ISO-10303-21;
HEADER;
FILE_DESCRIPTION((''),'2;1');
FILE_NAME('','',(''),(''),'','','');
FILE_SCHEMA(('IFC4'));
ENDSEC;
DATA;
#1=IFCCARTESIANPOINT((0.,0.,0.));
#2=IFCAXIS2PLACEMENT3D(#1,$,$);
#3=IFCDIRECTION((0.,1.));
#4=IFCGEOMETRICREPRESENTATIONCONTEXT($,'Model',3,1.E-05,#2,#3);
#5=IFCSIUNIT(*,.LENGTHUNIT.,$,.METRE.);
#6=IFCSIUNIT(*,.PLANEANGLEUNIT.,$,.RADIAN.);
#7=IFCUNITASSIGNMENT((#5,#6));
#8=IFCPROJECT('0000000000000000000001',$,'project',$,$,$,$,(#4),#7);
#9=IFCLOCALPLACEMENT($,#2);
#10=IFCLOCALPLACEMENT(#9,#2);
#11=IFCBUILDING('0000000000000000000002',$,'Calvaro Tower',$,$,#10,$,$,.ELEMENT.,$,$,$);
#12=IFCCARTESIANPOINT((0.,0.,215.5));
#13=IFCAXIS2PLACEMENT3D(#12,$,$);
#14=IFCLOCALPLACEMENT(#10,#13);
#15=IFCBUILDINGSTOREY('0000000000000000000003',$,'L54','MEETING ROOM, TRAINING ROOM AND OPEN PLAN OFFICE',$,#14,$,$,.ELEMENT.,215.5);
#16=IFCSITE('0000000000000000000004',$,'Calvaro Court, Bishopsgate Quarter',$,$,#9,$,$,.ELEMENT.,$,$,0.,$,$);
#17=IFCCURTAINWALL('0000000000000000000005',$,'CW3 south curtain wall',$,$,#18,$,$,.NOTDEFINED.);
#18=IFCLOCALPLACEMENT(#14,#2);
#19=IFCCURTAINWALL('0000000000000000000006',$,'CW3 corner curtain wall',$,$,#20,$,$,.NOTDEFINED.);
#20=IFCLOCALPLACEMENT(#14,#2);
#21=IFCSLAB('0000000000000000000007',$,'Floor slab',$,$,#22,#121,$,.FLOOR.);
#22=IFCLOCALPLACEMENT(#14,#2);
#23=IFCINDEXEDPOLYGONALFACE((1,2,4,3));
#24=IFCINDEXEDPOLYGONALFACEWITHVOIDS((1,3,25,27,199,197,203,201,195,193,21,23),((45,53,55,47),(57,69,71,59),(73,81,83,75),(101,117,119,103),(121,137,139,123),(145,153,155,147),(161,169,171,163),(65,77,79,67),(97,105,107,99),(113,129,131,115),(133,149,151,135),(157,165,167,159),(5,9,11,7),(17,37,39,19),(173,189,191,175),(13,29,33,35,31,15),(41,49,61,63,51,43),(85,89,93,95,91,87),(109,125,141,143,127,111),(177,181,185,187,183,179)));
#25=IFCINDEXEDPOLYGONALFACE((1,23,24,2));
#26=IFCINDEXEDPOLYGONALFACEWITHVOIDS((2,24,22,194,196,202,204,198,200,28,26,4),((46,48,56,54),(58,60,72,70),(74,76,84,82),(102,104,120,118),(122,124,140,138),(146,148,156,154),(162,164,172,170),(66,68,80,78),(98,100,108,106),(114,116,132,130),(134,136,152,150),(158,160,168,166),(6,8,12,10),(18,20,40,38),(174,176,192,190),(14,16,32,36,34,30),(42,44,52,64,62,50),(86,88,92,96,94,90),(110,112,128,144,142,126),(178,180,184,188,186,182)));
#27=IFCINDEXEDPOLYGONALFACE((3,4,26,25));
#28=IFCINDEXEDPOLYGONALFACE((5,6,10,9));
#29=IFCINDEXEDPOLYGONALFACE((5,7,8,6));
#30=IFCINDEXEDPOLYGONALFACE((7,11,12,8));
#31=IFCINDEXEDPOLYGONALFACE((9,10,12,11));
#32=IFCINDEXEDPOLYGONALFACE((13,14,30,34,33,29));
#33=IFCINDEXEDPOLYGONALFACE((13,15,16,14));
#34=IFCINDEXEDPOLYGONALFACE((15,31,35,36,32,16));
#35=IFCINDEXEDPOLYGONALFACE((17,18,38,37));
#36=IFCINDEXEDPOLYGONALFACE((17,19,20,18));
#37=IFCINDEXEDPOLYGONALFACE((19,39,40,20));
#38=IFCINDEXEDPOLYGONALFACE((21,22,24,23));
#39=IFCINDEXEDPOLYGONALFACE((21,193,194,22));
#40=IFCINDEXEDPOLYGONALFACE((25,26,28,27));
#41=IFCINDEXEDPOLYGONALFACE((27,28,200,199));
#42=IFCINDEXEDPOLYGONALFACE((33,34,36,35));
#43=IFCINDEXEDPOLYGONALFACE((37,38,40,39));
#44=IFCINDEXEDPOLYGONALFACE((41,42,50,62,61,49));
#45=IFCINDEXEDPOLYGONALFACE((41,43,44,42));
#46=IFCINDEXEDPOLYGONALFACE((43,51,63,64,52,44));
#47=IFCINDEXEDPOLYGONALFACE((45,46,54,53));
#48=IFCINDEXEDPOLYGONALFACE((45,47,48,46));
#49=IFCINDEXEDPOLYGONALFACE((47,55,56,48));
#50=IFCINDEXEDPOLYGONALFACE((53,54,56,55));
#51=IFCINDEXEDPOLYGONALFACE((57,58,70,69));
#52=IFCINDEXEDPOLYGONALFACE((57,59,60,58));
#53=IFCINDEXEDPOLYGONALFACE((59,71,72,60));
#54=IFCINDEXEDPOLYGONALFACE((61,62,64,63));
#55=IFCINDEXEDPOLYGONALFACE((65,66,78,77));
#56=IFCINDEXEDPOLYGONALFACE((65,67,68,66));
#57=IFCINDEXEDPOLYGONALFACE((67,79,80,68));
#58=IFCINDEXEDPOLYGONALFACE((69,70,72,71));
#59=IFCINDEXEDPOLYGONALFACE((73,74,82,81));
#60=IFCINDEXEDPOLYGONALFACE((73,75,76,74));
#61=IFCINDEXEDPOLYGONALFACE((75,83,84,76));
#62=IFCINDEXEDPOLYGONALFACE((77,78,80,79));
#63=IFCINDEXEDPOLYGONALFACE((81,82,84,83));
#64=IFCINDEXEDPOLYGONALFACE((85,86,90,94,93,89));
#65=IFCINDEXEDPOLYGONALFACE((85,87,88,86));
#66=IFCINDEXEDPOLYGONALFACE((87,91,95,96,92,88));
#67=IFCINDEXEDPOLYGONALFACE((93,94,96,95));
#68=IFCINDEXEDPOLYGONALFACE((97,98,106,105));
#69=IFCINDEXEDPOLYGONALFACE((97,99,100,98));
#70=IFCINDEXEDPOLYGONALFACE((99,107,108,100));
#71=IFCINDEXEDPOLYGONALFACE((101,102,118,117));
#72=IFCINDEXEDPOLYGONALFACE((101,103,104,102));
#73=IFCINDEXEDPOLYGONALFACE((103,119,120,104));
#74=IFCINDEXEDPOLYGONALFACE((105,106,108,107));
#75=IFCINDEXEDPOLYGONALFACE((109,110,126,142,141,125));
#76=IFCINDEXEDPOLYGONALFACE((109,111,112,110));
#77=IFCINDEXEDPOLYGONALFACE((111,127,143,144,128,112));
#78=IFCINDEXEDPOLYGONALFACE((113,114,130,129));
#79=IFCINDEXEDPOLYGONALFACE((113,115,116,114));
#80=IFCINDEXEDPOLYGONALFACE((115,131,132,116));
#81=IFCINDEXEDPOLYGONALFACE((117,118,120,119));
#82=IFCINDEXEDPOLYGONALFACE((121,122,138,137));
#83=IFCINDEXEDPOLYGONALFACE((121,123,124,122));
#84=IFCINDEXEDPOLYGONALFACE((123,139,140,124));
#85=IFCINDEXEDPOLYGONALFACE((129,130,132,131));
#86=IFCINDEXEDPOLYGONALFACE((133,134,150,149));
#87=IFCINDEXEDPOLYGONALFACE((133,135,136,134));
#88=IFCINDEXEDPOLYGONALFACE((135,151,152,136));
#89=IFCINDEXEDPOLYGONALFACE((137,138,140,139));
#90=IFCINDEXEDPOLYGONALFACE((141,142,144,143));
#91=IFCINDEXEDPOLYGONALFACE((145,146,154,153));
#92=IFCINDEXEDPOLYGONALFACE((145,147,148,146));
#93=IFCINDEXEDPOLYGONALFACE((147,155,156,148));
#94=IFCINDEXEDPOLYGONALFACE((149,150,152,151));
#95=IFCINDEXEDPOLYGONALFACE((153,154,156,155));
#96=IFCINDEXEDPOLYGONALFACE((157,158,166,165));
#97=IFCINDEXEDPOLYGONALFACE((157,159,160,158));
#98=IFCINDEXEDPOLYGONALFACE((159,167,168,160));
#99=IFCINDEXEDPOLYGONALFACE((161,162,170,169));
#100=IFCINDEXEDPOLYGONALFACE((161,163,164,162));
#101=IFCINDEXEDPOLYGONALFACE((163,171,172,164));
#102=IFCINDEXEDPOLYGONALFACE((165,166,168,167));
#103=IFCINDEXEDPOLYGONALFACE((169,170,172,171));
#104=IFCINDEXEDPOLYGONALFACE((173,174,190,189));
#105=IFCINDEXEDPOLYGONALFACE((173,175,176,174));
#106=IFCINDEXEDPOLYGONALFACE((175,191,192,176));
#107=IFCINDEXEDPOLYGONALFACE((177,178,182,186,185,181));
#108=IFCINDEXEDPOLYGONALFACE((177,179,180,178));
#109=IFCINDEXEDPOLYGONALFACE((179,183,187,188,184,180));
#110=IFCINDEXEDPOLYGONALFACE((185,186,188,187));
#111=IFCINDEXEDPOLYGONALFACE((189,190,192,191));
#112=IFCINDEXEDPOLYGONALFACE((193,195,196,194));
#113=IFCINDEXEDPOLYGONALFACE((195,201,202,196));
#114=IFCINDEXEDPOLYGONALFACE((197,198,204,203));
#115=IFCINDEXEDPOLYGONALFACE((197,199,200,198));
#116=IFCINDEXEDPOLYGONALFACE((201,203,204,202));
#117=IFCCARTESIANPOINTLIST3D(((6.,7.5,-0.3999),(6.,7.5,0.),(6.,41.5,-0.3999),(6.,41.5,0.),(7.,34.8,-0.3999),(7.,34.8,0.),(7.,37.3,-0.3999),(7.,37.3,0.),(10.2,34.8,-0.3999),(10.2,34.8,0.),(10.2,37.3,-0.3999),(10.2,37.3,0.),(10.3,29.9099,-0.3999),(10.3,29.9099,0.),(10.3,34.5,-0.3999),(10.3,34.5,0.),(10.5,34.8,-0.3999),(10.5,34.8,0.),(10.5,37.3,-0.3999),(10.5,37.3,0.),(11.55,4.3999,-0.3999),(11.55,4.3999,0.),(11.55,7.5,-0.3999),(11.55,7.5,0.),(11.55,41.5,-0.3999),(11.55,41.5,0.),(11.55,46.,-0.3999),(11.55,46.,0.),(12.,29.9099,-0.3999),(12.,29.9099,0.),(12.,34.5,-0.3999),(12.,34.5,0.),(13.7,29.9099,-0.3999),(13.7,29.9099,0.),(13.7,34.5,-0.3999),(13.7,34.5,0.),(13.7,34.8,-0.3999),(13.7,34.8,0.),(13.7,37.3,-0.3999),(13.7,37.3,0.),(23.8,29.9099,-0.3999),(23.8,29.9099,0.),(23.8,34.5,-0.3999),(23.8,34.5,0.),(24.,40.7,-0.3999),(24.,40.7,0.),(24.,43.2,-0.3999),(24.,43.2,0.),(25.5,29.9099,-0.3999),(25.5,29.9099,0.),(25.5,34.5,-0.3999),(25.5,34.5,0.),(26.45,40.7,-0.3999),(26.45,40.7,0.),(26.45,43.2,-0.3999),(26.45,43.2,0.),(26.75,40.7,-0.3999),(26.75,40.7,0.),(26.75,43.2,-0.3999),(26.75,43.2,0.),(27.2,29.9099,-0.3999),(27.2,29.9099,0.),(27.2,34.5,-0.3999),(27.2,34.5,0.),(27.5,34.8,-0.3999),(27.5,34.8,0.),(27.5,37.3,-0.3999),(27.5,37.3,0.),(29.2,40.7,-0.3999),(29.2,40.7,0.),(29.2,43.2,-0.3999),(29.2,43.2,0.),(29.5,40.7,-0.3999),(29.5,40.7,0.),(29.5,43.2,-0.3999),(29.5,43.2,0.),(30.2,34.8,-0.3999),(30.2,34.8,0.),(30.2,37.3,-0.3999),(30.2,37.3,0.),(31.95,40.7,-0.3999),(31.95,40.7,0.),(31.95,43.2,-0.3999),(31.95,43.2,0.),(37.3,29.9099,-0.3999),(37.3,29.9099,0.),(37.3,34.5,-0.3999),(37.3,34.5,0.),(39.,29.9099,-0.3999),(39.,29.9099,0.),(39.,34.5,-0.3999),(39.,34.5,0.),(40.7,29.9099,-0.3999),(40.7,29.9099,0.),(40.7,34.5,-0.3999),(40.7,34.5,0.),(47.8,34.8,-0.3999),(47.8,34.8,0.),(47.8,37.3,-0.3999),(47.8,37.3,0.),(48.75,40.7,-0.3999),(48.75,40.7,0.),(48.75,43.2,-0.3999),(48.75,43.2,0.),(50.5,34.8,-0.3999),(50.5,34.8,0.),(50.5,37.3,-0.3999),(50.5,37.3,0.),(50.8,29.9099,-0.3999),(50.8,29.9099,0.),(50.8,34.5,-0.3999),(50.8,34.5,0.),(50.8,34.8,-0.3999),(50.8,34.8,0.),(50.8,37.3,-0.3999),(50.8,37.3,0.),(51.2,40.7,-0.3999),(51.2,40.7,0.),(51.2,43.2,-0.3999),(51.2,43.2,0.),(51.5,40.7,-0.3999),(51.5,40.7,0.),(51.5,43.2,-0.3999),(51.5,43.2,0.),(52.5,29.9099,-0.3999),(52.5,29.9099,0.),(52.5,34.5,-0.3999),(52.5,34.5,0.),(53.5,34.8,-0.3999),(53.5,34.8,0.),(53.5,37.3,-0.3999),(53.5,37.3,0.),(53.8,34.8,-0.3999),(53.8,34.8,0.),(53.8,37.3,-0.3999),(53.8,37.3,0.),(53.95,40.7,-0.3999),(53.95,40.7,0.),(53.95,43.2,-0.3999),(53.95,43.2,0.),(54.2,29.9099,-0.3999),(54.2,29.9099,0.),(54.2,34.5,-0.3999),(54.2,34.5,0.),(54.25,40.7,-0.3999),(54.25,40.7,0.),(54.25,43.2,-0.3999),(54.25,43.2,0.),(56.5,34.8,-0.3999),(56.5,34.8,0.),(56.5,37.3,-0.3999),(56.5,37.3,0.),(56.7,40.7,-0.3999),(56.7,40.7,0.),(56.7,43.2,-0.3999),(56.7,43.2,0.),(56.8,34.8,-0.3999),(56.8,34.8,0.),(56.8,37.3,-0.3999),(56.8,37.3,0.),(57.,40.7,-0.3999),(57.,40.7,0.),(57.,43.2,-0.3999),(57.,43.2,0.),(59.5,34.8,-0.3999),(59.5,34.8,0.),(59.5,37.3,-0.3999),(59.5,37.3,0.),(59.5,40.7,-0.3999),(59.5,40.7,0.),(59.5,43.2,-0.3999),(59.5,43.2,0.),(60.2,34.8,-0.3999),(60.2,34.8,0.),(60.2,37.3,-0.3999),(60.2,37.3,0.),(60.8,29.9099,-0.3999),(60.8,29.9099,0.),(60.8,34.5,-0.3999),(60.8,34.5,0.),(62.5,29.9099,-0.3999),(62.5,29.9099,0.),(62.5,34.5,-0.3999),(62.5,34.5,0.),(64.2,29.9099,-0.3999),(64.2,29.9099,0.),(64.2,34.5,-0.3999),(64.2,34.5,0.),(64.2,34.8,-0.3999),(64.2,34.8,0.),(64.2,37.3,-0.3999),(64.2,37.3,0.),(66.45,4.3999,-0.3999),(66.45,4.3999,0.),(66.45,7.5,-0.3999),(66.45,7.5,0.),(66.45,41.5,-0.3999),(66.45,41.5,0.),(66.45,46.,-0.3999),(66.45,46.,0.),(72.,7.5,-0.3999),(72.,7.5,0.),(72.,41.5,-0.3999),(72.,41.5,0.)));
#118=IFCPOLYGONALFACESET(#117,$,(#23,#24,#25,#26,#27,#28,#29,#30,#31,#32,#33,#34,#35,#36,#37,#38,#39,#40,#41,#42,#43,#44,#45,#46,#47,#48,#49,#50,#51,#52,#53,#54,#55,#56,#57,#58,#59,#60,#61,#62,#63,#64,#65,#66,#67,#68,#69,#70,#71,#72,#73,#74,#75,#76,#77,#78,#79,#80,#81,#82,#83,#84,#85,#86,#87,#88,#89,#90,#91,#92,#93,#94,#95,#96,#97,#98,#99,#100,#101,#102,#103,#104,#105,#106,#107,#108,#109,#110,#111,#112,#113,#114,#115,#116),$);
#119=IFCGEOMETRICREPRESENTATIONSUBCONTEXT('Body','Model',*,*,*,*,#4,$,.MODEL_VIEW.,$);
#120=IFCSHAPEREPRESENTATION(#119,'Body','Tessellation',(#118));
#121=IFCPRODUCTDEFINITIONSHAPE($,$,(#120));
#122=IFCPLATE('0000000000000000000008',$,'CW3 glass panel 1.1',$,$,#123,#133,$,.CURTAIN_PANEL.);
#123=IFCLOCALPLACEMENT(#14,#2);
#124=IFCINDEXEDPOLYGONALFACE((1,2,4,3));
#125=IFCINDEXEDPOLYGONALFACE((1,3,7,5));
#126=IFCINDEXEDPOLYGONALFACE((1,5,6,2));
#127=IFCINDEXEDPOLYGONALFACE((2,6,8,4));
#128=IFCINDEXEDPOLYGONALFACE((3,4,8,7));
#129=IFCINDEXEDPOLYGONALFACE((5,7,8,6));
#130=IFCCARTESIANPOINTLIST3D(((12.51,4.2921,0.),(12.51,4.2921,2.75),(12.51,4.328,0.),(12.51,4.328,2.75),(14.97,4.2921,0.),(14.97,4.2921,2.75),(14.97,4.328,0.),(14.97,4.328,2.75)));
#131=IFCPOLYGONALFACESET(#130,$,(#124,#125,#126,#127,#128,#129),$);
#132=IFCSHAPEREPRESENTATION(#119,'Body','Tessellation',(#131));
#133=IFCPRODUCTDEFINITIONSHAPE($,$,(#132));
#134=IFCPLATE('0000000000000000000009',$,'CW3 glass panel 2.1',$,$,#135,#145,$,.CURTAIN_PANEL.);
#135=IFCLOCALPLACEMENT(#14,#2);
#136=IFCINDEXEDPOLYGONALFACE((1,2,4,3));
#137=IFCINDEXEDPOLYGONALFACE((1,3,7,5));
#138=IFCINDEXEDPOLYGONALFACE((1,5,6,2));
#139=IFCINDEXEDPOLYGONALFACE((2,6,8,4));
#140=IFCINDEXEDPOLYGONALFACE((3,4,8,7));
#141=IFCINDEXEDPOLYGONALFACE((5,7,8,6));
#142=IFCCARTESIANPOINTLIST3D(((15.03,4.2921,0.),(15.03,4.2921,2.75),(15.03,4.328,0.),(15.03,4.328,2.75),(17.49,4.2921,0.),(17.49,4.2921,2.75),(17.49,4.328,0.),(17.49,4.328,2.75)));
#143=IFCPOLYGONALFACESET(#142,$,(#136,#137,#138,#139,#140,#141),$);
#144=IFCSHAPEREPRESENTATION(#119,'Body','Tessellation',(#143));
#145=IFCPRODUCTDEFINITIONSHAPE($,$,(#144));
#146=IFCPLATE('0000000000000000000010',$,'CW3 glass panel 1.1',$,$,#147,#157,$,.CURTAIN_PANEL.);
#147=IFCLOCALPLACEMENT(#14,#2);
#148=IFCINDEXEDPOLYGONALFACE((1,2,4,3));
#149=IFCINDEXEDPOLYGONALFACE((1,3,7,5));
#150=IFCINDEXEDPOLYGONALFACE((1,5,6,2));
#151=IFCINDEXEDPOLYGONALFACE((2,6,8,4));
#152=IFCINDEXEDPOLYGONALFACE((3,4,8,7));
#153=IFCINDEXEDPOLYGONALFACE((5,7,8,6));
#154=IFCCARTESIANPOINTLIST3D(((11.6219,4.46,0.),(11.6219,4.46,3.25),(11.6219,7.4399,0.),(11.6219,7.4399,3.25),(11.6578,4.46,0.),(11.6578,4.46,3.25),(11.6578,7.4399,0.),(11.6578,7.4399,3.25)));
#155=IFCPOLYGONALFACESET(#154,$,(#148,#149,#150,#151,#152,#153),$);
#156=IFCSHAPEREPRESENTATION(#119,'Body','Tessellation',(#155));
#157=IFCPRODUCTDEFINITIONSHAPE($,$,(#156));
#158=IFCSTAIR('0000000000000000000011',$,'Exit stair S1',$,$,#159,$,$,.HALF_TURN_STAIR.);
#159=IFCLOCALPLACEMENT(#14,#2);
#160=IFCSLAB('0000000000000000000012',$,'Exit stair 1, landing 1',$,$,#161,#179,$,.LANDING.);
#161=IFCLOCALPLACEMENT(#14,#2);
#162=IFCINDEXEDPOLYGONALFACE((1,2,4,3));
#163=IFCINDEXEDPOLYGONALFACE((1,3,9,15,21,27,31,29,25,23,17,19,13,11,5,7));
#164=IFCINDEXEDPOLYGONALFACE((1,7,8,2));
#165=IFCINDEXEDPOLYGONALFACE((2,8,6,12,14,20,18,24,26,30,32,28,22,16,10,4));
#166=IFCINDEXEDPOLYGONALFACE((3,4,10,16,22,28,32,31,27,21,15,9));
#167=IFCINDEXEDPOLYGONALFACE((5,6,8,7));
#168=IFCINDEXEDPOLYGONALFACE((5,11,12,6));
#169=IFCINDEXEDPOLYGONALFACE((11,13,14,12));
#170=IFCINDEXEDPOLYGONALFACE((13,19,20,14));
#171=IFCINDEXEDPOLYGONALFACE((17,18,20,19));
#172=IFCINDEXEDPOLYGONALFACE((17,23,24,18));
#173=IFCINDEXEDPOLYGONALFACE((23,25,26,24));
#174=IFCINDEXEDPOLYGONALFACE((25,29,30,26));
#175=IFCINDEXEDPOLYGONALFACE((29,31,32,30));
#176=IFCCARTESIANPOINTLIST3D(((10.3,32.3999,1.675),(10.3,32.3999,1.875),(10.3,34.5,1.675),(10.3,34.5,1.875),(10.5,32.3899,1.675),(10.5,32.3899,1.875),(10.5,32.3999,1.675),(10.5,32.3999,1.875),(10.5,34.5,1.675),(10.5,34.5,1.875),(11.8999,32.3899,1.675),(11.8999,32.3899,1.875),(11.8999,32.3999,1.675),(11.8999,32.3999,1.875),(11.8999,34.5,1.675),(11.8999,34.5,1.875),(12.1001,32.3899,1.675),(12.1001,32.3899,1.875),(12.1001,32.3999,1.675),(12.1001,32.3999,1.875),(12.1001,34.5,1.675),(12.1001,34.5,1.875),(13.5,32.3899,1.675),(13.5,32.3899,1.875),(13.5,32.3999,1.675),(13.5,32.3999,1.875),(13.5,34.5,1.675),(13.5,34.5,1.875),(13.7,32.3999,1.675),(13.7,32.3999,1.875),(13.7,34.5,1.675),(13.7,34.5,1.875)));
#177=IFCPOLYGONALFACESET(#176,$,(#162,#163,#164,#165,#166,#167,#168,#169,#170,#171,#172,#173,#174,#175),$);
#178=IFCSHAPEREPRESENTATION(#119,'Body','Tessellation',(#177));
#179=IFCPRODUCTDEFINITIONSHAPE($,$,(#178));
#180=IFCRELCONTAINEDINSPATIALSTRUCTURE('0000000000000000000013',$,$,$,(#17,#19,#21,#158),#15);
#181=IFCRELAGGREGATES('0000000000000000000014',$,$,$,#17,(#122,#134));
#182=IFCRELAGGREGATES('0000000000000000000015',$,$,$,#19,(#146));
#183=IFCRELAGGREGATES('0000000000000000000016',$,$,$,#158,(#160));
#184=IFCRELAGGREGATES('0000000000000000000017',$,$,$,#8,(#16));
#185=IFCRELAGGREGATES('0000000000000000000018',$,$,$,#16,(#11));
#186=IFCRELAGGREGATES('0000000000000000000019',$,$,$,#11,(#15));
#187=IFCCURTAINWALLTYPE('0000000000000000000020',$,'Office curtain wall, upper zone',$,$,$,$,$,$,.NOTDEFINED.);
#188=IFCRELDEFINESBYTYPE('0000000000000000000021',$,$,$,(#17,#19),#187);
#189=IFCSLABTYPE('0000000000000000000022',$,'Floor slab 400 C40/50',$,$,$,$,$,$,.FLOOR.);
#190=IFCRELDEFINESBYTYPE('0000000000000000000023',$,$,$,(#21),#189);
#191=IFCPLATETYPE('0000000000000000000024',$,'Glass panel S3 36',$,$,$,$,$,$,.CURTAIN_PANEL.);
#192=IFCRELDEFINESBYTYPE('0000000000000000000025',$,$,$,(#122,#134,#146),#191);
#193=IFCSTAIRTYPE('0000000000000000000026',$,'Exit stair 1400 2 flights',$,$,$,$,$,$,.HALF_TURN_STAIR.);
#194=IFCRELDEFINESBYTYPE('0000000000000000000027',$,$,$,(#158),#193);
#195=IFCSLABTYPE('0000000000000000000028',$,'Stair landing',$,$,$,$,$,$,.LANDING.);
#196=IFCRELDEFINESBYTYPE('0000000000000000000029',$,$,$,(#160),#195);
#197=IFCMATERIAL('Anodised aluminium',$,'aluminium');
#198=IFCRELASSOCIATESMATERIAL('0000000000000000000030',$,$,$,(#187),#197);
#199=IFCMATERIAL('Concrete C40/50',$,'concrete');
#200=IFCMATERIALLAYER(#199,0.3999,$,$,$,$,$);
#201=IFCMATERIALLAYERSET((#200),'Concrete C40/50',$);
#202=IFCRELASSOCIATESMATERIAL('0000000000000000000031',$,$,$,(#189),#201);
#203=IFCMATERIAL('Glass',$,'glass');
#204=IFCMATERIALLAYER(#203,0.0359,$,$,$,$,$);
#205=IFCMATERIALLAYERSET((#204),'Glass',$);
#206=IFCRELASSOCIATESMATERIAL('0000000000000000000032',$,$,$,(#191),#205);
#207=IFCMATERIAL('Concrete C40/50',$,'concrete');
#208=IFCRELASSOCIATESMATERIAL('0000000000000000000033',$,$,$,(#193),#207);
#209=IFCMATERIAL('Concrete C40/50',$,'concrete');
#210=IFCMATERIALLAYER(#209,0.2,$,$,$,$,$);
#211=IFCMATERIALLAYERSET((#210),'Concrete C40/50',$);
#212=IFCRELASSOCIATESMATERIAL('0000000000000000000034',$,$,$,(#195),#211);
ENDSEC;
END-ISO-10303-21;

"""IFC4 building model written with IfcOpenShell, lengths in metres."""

from ifc_helpers import new_model, si_unit, direction, frame, origin, origin_2d, place, context, subcontext, project, spatial, polyline, rectangle, outline, extrude, material, layer, layer_set, type_object, element, aggregate, save


model = new_model("IFC4")

# Units and contexts
model_context = context("Model", 3, precision=1e-05, world=origin(), true_north=direction((0.0, 1.0)))
body_context = subcontext(model_context, "Body", "Model", "MODEL_VIEW")
ifc_project = project(units=[si_unit("LENGTHUNIT", "METRE"), si_unit("PLANEANGLEUNIT", "RADIAN")], contexts=[model_context])

# Site, building, storey
site_placement = place(None, origin())
site = spatial("IfcSite", under=ifc_project, at=site_placement, Name="Calvaro Court, Bishopsgate Quarter", CompositionType="ELEMENT", RefElevation=0.0)
building_placement = place(site_placement, origin())
building = spatial("IfcBuilding", under=site, at=building_placement, Name="Calvaro Tower", CompositionType="ELEMENT")
storey_placement = place(building_placement, frame((0.0, 0.0, 215.5)))
storey = spatial("IfcBuildingStorey", under=building, at=storey_placement, Name="L54", Description="MEETING ROOM, TRAINING ROOM AND OPEN PLAN OFFICE", CompositionType="ELEMENT", Elevation=215.5)

# Curtain wall
ifc_material_1 = material(Name="Anodised aluminium", Category="aluminium")
curtain_wall_type = type_object("IfcCurtainWallType", Name="Office curtain wall, upper zone", PredefinedType="NOTDEFINED", material=ifc_material_1)
curtain_wall_1_placement = place(storey_placement, origin())
curtain_wall_1 = element("IfcCurtainWall", 1, at=curtain_wall_1_placement, inside=storey, type_object=curtain_wall_type, Name="CW3 south curtain wall", PredefinedType="NOTDEFINED")

# Curtain wall
curtain_wall_2_placement = place(storey_placement, origin())
curtain_wall_2 = element("IfcCurtainWall", 2, at=curtain_wall_2_placement, inside=storey, type_object=curtain_wall_type, Name="CW3 corner curtain wall", PredefinedType="NOTDEFINED")

# Slab
ifc_material_2 = material(Name="Concrete C40/50", Category="concrete")
ifc_layer_1 = layer(ifc_material_2, 0.3999)
ifc_layer_set_1 = layer_set([ifc_layer_1], Name="Concrete C40/50")
slab_type_1 = type_object("IfcSlabType", Name="Floor slab 400 C40/50", PredefinedType="FLOOR", material=ifc_layer_set_1)
slab_1_placement = place(storey_placement, frame((0.0, 0.0, -0.3999)))
element("IfcSlab", 3, at=slab_1_placement, inside=storey, type_object=slab_type_1, Name="Floor slab", PredefinedType="FLOOR", context=body_context, shape_type="SweptSolid", body=[
    extrude(outline(polyline([(66.45, 7.5), (66.45, 4.3999), (11.55, 4.3999), (11.55, 7.5), (6.0, 7.5), (6.0, 41.5), (11.55, 41.5), (11.55, 46.0), (66.45, 46.0), (66.45, 41.5), (72.0, 41.5), (72.0, 7.5), (66.45, 7.5)]), holes=[polyline([(10.3, 29.9099), (10.3, 34.5), (12.0, 34.5), (13.7, 34.5), (13.7, 29.9099), (12.0, 29.9099), (10.3, 29.9099)]), polyline([(23.8, 29.9099), (23.8, 34.5), (25.5, 34.5), (27.2, 34.5), (27.2, 29.9099), (25.5, 29.9099), (23.8, 29.9099)]), polyline([(37.3, 29.9099), (37.3, 34.5), (39.0, 34.5), (40.7, 34.5), (40.7, 29.9099), (39.0, 29.9099), (37.3, 29.9099)]), polyline([(50.8, 29.9099), (50.8, 34.5), (52.5, 34.5), (54.2, 34.5), (54.2, 29.9099), (52.5, 29.9099), (50.8, 29.9099)]), polyline([(60.8, 29.9099), (60.8, 34.5), (62.5, 34.5), (64.2, 34.5), (64.2, 29.9099), (62.5, 29.9099), (60.8, 29.9099)]), polyline([(50.8, 34.8), (53.5, 34.8), (53.5, 37.3), (50.8, 37.3), (50.8, 34.8)]), polyline([(53.8, 34.8), (56.5, 34.8), (56.5, 37.3), (53.8, 37.3), (53.8, 34.8)]), polyline([(56.8, 34.8), (59.5, 34.8), (59.5, 37.3), (56.8, 37.3), (56.8, 34.8)]), polyline([(24.0, 40.7), (26.45, 40.7), (26.45, 43.2), (24.0, 43.2), (24.0, 40.7)]), polyline([(26.75, 40.7), (29.2, 40.7), (29.2, 43.2), (26.75, 43.2), (26.75, 40.7)]), polyline([(29.5, 40.7), (31.95, 40.7), (31.95, 43.2), (29.5, 43.2), (29.5, 40.7)]), polyline([(48.75, 40.7), (51.2, 40.7), (51.2, 43.2), (48.75, 43.2), (48.75, 40.7)]), polyline([(51.5, 40.7), (53.95, 40.7), (53.95, 43.2), (51.5, 43.2), (51.5, 40.7)]), polyline([(54.25, 40.7), (56.7, 40.7), (56.7, 43.2), (54.25, 43.2), (54.25, 40.7)]), polyline([(57.0, 40.7), (59.5, 40.7), (59.5, 43.2), (57.0, 43.2), (57.0, 40.7)]), polyline([(7.0, 34.8), (10.2, 34.8), (10.2, 37.3), (7.0, 37.3), (7.0, 34.8)]), polyline([(10.5, 34.8), (13.7, 34.8), (13.7, 37.3), (10.5, 37.3), (10.5, 34.8)]), polyline([(60.2, 34.8), (64.2, 34.8), (64.2, 37.3), (60.2, 37.3), (60.2, 34.8)]), polyline([(27.5, 34.8), (30.2, 34.8), (30.2, 37.3), (27.5, 37.3), (27.5, 34.8)]), polyline([(47.8, 34.8), (50.5, 34.8), (50.5, 37.3), (47.8, 37.3), (47.8, 34.8)])]), origin(), (0.0, 0.0, 1.0), 0.3999),
])

# Plates
ifc_material_3 = material(Name="Glass", Category="glass")
ifc_layer_2 = layer(ifc_material_3, 0.0359)
ifc_layer_set_2 = layer_set([ifc_layer_2], Name="Glass")
plate_type = type_object("IfcPlateType", Name="Glass panel S3 36", PredefinedType="CURTAIN_PANEL", material=ifc_layer_set_2)
plate_1_placement = place(storey_placement, frame((13.74, 4.3101, 0.0), z_axis=(0.0, 0.0, 1.0), x_axis=(1.0, 0.0, 0.0)))
plate_1 = element("IfcPlate", 4, at=plate_1_placement, type_object=plate_type, Name="CW3 glass panel 1.1", PredefinedType="CURTAIN_PANEL", context=body_context, shape_type="SweptSolid", body=[
    extrude(rectangle(XDim=2.46, YDim=0.0359, at=origin_2d()), origin(), (0.0, 0.0, 1.0), 2.75),
])
plate_2_placement = place(storey_placement, frame((16.26, 4.3101, 0.0), z_axis=(0.0, 0.0, 1.0), x_axis=(1.0, 0.0, 0.0)))
plate_2 = element("IfcPlate", 5, at=plate_2_placement, type_object=plate_type, Name="CW3 glass panel 2.1", PredefinedType="CURTAIN_PANEL", context=body_context, shape_type="SweptSolid", body=[
    extrude(rectangle(XDim=2.46, YDim=0.0359, at=origin_2d()), origin(), (0.0, 0.0, 1.0), 2.75),
])
aggregate(curtain_wall_1, [plate_1, plate_2])
plate_3_placement = place(storey_placement, frame((11.6399, 5.95, 0.0), z_axis=(0.0, 0.0, 1.0), x_axis=(0.0, 1.0, 0.0)))
plate_3 = element("IfcPlate", 6, at=plate_3_placement, type_object=plate_type, Name="CW3 glass panel 1.1", PredefinedType="CURTAIN_PANEL", context=body_context, shape_type="SweptSolid", body=[
    extrude(rectangle(XDim=2.98, YDim=0.0359, at=origin_2d()), origin(), (0.0, 0.0, 1.0), 3.25),
])
aggregate(curtain_wall_2, [plate_3])

# Stair, slab
ifc_material_4 = material(Name="Concrete C40/50", Category="concrete")
stair_type = type_object("IfcStairType", Name="Exit stair 1400 2 flights", PredefinedType="HALF_TURN_STAIR", material=ifc_material_4)
stair_1_placement = place(storey_placement, origin())
stair_1 = element("IfcStair", 7, at=stair_1_placement, inside=storey, type_object=stair_type, Name="Exit stair S1", PredefinedType="HALF_TURN_STAIR")
ifc_material_5 = material(Name="Concrete C40/50", Category="concrete")
ifc_layer_3 = layer(ifc_material_5, 0.2)
ifc_layer_set_3 = layer_set([ifc_layer_3], Name="Concrete C40/50")
slab_type_2 = type_object("IfcSlabType", Name="Stair landing", PredefinedType="LANDING", material=ifc_layer_set_3)
slab_2_placement = place(storey_placement, frame((0.0, 0.0, 1.675)))
slab_2 = element("IfcSlab", 8, at=slab_2_placement, type_object=slab_type_2, Name="Exit stair 1, landing 1", PredefinedType="LANDING", context=body_context, shape_type="SweptSolid", body=[
    extrude(outline(polyline([(11.8999, 32.3899), (10.5, 32.3899), (10.5, 32.3999), (10.3, 32.3999), (10.3, 34.5), (10.5, 34.5), (11.8999, 34.5), (12.1001, 34.5), (13.5, 34.5), (13.7, 34.5), (13.7, 32.3999), (13.5, 32.3999), (13.5, 32.3899), (12.1001, 32.3899), (12.1001, 32.3999), (11.8999, 32.3999), (11.8999, 32.3899)])), origin(), (0.0, 0.0, 1.0), 0.2),
])
aggregate(stair_1, [slab_2])

save(model, "model.ifc")
